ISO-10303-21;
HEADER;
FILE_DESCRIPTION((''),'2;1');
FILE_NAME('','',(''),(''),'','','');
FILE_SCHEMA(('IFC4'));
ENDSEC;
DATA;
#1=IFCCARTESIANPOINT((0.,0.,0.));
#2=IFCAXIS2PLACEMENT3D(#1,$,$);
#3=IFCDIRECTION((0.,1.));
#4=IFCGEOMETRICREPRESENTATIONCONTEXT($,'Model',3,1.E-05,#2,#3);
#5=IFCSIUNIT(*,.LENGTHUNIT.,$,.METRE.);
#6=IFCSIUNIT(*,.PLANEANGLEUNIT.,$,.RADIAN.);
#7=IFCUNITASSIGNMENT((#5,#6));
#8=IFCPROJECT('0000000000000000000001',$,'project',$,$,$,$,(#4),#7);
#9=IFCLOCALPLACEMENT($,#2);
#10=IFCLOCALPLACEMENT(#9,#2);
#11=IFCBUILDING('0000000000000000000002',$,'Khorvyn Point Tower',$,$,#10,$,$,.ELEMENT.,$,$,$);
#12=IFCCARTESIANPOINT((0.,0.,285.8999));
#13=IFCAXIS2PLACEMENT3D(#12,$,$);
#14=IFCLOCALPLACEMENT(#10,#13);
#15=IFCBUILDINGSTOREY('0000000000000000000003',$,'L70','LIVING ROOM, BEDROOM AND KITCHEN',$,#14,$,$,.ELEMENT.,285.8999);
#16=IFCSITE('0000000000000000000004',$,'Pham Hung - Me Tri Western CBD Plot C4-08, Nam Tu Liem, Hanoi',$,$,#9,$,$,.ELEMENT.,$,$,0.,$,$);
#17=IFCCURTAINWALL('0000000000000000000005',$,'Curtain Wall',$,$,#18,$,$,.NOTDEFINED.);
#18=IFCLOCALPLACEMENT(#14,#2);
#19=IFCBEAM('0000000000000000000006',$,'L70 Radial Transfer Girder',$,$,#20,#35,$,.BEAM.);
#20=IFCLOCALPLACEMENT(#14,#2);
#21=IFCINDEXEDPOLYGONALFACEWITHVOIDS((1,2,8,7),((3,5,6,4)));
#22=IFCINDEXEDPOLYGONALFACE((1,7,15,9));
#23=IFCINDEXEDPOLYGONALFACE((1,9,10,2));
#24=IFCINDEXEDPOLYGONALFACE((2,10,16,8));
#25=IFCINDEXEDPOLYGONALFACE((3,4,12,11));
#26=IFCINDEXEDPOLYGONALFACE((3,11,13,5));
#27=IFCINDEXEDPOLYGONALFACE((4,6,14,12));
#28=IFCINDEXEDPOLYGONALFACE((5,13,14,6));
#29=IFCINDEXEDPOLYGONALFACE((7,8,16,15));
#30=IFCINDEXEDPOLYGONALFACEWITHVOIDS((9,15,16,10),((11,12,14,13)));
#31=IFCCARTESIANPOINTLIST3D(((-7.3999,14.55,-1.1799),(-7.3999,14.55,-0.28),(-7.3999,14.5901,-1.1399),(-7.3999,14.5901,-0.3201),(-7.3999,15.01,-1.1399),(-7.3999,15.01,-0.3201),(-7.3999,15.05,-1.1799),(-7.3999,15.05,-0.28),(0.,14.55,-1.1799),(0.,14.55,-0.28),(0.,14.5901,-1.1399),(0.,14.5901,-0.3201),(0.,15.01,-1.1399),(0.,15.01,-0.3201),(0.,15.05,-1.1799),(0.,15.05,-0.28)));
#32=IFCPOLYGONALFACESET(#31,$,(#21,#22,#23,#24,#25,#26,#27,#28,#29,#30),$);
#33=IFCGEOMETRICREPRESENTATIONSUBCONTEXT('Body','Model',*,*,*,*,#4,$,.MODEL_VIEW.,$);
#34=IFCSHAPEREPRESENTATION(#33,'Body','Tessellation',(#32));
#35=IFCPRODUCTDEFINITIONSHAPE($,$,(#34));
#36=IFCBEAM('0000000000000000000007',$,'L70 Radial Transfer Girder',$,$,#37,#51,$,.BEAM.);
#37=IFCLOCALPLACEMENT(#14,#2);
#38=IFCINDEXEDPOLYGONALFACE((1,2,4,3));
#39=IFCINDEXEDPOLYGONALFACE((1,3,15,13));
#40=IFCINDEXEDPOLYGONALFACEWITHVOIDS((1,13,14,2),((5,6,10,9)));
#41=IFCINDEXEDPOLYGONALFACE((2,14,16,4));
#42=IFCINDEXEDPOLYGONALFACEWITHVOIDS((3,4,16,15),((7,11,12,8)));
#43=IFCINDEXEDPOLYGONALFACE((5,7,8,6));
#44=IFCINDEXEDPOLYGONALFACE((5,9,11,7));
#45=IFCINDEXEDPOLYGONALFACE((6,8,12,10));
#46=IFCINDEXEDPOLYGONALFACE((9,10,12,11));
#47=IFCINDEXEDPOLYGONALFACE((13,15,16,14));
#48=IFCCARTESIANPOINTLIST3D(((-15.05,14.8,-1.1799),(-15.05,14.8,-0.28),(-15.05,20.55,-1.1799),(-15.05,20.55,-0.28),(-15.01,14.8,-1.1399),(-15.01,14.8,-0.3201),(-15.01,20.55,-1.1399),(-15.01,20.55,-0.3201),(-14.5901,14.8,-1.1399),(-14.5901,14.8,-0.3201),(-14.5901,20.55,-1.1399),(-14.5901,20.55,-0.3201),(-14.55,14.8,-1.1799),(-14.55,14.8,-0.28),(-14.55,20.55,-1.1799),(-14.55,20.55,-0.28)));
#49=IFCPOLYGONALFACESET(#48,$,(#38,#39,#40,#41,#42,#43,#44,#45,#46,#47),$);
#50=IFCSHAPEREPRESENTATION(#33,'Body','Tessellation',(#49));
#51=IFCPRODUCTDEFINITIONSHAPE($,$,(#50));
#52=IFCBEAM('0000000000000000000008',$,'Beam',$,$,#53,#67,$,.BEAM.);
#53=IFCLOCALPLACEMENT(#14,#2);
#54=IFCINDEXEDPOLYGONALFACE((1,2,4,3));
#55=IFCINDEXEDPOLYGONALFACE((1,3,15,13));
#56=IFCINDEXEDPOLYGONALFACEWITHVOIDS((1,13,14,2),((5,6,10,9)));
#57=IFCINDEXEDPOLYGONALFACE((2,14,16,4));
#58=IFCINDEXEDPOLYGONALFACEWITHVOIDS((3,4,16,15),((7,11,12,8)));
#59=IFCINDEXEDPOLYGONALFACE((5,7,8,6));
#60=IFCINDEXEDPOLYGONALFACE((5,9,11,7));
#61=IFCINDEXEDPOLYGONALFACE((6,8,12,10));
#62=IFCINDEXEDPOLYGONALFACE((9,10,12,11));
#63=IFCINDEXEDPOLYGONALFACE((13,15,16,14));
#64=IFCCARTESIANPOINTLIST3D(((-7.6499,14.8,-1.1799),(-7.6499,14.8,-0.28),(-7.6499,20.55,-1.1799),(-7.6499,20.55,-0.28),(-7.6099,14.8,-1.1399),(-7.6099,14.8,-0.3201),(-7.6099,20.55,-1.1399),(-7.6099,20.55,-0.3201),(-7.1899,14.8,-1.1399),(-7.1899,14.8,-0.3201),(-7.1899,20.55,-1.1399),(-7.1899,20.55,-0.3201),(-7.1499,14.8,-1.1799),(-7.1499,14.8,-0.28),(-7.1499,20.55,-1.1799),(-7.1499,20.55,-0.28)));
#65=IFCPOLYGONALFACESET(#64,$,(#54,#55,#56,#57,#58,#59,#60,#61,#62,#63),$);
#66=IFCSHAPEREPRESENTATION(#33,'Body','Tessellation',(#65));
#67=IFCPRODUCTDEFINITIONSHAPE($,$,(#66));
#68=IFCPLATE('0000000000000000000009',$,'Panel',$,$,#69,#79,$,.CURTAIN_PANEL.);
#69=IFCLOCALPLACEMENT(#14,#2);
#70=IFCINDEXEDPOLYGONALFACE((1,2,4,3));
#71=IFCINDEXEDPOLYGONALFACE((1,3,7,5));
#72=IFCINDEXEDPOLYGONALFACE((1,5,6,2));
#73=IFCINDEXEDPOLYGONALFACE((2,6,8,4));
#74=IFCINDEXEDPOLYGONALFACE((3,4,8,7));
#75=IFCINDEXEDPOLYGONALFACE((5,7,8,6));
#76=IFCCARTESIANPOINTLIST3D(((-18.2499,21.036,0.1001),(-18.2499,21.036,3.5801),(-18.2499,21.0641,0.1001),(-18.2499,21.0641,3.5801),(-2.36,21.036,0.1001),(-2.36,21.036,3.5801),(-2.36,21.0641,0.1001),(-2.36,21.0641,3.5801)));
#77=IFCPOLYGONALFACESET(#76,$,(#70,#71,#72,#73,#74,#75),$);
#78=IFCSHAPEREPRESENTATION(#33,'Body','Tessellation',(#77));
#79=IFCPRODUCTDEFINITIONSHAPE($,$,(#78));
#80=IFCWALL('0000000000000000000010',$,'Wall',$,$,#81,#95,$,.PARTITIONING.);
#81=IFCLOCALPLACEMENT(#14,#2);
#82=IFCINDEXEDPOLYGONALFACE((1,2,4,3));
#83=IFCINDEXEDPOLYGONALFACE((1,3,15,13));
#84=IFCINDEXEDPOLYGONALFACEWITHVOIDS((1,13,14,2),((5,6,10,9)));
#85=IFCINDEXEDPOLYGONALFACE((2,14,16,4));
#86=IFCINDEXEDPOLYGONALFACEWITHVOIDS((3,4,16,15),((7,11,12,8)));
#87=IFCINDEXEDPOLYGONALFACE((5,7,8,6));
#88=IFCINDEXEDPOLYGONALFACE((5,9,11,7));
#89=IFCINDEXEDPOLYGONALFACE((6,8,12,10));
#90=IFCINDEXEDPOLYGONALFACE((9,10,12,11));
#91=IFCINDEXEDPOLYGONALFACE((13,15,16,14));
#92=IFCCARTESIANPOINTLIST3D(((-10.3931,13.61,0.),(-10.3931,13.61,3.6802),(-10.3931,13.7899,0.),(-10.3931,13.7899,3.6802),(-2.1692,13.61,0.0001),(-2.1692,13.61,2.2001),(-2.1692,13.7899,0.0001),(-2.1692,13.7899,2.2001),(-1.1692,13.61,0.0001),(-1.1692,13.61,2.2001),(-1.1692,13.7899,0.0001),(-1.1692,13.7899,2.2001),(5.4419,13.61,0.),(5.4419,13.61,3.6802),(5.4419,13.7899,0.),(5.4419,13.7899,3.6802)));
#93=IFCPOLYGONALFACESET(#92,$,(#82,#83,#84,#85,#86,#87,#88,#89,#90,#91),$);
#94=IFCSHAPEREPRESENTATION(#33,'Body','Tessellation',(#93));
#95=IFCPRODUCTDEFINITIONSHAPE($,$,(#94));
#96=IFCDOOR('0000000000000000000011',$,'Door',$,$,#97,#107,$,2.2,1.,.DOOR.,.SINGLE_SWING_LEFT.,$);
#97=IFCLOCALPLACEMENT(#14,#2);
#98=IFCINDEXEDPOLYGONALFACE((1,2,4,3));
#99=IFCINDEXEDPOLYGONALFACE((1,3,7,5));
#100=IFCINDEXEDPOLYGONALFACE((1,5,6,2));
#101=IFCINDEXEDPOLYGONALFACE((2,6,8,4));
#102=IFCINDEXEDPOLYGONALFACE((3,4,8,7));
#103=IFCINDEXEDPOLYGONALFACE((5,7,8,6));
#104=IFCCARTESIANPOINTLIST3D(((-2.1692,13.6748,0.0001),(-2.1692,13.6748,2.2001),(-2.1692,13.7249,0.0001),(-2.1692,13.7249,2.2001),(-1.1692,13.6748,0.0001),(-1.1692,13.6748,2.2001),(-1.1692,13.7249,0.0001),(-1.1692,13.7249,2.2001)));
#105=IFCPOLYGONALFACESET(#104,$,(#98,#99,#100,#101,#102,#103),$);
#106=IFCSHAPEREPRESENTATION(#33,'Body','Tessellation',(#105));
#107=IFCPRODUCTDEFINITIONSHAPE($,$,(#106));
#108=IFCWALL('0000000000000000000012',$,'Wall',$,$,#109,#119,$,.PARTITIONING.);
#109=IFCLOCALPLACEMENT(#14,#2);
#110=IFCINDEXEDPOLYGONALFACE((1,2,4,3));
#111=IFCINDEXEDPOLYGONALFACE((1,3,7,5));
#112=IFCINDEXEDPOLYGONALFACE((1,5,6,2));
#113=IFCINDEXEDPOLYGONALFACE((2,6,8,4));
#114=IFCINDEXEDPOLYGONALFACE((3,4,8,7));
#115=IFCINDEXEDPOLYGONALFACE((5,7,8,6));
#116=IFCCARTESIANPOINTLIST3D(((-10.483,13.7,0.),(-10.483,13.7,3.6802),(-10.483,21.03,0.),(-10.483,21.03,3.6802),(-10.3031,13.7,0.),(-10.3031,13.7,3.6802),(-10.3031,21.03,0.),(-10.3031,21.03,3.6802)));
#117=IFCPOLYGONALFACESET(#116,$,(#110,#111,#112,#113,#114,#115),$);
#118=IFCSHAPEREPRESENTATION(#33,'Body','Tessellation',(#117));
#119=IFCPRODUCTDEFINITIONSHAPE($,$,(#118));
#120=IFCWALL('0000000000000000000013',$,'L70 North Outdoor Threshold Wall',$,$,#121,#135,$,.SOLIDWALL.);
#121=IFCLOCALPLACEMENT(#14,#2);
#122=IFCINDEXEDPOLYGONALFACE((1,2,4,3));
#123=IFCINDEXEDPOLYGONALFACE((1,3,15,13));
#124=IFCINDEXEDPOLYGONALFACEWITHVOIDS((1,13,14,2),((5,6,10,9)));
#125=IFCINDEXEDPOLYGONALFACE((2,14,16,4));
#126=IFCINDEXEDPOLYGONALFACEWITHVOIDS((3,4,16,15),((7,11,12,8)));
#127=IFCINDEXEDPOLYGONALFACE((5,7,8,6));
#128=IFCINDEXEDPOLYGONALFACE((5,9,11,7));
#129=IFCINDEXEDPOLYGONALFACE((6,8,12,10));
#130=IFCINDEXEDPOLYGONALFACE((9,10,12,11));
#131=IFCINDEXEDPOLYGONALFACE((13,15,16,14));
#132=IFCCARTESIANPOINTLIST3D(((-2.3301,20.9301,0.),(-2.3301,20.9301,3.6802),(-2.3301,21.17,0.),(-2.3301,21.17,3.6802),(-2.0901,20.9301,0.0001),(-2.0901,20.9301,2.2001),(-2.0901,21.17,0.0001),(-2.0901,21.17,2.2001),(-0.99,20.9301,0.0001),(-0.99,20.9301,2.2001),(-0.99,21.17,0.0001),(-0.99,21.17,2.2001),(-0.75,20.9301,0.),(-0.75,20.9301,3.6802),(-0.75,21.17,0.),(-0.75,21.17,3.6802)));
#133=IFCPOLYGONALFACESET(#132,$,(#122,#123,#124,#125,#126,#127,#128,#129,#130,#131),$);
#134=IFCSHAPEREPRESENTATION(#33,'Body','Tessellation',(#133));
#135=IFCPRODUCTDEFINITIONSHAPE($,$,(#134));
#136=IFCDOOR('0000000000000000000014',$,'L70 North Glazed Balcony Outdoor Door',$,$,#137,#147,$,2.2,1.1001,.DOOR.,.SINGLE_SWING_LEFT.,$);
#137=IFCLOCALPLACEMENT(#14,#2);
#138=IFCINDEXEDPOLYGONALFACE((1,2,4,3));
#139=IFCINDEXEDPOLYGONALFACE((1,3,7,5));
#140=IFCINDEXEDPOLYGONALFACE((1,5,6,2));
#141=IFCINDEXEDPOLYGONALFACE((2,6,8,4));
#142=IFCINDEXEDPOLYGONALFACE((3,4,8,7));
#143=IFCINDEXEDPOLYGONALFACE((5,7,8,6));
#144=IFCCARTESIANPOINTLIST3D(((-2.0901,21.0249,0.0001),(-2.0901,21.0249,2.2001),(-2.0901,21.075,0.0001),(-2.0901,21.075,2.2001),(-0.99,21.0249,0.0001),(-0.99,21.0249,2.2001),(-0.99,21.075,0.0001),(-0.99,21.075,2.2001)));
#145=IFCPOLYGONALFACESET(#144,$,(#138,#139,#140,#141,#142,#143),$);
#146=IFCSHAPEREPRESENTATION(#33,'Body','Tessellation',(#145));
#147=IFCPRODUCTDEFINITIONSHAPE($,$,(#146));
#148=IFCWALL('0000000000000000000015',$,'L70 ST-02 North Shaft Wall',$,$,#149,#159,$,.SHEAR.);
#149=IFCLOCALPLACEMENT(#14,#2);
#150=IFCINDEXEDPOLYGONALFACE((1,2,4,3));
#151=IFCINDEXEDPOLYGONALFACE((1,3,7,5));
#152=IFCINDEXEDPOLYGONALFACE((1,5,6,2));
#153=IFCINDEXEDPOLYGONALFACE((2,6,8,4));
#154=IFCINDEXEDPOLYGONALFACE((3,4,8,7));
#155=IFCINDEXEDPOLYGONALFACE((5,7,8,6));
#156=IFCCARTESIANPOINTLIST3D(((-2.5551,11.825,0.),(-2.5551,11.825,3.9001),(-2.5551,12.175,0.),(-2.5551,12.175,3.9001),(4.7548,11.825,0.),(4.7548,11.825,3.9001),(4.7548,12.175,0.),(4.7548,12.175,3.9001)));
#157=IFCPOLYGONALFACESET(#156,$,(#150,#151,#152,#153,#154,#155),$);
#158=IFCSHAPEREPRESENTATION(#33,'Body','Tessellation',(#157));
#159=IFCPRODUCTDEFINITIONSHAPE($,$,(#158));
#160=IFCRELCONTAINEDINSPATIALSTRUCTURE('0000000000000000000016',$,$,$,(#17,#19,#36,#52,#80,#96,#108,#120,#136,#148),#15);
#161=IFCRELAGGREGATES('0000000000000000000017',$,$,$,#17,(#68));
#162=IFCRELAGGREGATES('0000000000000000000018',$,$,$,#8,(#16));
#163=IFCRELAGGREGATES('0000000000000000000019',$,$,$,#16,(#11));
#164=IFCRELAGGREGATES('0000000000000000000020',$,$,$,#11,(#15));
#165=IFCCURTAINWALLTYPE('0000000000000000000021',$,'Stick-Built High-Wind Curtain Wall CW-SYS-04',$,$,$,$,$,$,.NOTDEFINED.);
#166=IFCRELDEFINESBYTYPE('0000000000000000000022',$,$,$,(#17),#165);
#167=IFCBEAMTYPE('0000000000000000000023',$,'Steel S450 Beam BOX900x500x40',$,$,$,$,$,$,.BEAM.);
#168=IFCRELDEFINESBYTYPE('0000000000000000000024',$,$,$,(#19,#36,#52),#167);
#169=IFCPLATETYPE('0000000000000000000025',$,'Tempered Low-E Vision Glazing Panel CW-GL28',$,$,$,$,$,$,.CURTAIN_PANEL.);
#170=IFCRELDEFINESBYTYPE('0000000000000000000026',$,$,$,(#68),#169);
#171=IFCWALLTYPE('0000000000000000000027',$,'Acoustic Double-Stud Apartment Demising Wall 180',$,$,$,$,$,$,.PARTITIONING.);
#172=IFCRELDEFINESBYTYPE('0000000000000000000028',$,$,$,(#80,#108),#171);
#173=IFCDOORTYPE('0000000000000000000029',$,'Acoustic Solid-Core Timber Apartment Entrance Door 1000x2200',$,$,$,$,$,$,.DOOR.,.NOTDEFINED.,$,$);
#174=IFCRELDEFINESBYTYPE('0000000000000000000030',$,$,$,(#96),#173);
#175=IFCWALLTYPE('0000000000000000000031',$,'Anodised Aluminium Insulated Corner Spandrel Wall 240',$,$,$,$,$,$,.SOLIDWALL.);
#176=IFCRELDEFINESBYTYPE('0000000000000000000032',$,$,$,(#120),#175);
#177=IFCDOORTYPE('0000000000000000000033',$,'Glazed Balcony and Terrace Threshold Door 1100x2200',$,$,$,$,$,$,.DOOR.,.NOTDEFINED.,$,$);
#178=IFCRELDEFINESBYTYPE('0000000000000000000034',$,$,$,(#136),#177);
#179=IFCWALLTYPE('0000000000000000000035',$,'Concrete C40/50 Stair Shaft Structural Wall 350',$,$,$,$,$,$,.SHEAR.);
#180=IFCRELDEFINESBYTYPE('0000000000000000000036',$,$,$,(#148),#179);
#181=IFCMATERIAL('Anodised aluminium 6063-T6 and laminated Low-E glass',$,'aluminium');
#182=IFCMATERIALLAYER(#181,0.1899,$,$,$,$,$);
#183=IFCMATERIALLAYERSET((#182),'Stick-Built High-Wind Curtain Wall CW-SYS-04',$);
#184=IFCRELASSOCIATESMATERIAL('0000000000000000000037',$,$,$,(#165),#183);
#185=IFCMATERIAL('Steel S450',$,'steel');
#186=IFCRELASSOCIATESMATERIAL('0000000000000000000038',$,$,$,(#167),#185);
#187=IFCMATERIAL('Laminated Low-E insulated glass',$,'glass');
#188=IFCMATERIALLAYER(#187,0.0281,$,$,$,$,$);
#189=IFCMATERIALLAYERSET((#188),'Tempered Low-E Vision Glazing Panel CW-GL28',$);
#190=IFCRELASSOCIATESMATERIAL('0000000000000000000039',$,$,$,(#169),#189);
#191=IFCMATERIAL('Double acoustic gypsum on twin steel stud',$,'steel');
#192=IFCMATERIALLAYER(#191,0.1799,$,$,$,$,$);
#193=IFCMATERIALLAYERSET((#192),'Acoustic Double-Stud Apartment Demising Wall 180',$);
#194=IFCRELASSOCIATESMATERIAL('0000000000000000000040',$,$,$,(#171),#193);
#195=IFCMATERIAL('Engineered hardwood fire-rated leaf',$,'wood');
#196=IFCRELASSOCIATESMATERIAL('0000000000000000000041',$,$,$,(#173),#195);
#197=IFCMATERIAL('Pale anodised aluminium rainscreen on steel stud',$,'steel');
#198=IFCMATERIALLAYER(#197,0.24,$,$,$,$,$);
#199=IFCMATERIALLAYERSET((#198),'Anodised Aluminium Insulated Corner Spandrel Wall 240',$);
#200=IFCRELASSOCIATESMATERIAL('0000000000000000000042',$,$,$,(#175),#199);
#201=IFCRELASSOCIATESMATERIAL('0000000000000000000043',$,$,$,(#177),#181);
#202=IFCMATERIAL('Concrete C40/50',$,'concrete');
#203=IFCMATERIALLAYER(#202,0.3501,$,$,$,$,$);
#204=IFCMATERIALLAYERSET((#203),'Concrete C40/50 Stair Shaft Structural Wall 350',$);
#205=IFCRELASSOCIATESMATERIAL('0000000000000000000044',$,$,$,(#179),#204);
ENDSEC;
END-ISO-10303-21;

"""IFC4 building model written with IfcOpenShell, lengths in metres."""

from ifc_helpers import new_model, si_unit, direction, frame, frame_2d, origin, origin_2d, place, context, subcontext, project, spatial, rectangle, hollow_rectangle, extrude, material, layer, layer_set, material_profile, profile_set, type_object, element, fill, aggregate, save


model = new_model("IFC4")

# Units and contexts
model_context = context("Model", 3, precision=1e-05, world=origin(), true_north=direction((0.0, 1.0)))
body_context = subcontext(model_context, "Body", "Model", "MODEL_VIEW")
ifc_project = project(units=[si_unit("LENGTHUNIT", "METRE"), si_unit("PLANEANGLEUNIT", "RADIAN")], contexts=[model_context])

# Site, building, storey
site_placement = place(None, origin())
site = spatial("IfcSite", under=ifc_project, at=site_placement, Name="Pham Hung - Me Tri Western CBD Plot C4-08, Nam Tu Liem, Hanoi", CompositionType="ELEMENT", RefElevation=0.0)
building_placement = place(site_placement, origin())
building = spatial("IfcBuilding", under=site, at=building_placement, Name="Khorvyn Point Tower", CompositionType="ELEMENT")
storey_placement = place(building_placement, frame((0.0, 0.0, 285.8999)))
storey = spatial("IfcBuildingStorey", under=building, at=storey_placement, Name="L70", Description="LIVING ROOM, BEDROOM AND KITCHEN", CompositionType="ELEMENT", Elevation=285.8999)

# Shared definitions
ifc_material_1 = material(Name="Concrete C40/50", Category="concrete")

# Curtain wall
ifc_material_2 = material(Name="Anodised aluminium 6063-T6 and laminated Low-E glass", Category="aluminium")
ifc_layer_1 = layer(ifc_material_2, 0.1899)
ifc_layer_set_1 = layer_set([ifc_layer_1], Name="Stick-Built High-Wind Curtain Wall CW-SYS-04")
curtain_wall_type = type_object("IfcCurtainWallType", Name="Stick-Built High-Wind Curtain Wall CW-SYS-04", PredefinedType="NOTDEFINED", material=ifc_layer_set_1)
curtain_wall_placement = place(storey_placement, origin())
curtain_wall = element("IfcCurtainWall", 1, at=curtain_wall_placement, inside=storey, type_object=curtain_wall_type, Name="Curtain Wall", PredefinedType="NOTDEFINED")

# Beams
ifc_material_3 = material(Name="Steel S450", Category="steel")
ifc_material_profile_1 = material_profile(ifc_material_3, hollow_rectangle(XDim=0.5, YDim=0.8999, WallThickness=0.04, at=origin_2d()))
ifc_profile_set_1 = profile_set([ifc_material_profile_1], Name="Steel S450 BOX900x500x40")
beam_type_1 = type_object("IfcBeamType", Name="Steel S450 Beam BOX900x500x40", PredefinedType="BEAM", material=ifc_profile_set_1)
beam_1_placement = place(storey_placement, frame((-7.3999, 14.8, -0.73), z_axis=(1.0, 0.0, 0.0), x_axis=(0.0, 1.0, 0.0)))
element("IfcBeam", 2, at=beam_1_placement, inside=storey, type_object=beam_type_1, Name="L70 Radial Transfer Girder", PredefinedType="BEAM", context=body_context, shape_type="SweptSolid", body=[
    extrude(hollow_rectangle(XDim=0.5, YDim=0.8999, WallThickness=0.04, at=origin_2d()), origin(), (0.0, 0.0, 1.0), 7.3999),
])
for number, where, z_axis, x_axis, name in (
    (3, (-14.8, 14.8, -0.73), (0.0, 1.0, 0.0), (-1.0, 0.0, 0.0), "L70 Radial Transfer Girder"),
    (4, (-7.3999, 14.8, -0.73), (0.0, 1.0, 0.0), (-1.0, 0.0, 0.0), "Beam"),
):
    element("IfcBeam", number, at=place(storey_placement, frame(where, z_axis=z_axis, x_axis=x_axis)), inside=storey, type_object=beam_type_1, Name=name, PredefinedType="BEAM", context=body_context, shape_type="SweptSolid", body=[
        extrude(hollow_rectangle(XDim=0.5, YDim=0.8999, WallThickness=0.04, at=origin_2d()), origin(), (0.0, 0.0, 1.0), 5.75),
    ])

# Plate
ifc_material_4 = material(Name="Laminated Low-E insulated glass", Category="glass")
ifc_layer_2 = layer(ifc_material_4, 0.0281)
ifc_layer_set_2 = layer_set([ifc_layer_2], Name="Tempered Low-E Vision Glazing Panel CW-GL28")
plate_type = type_object("IfcPlateType", Name="Tempered Low-E Vision Glazing Panel CW-GL28", PredefinedType="CURTAIN_PANEL", material=ifc_layer_set_2)
plate_placement = place(storey_placement, frame((-10.3049, 21.05, 0.1001), z_axis=(0.0, 0.0, 1.0), x_axis=(1.0, 0.0, 0.0)))
plate = element("IfcPlate", 5, at=plate_placement, type_object=plate_type, Name="Panel", PredefinedType="CURTAIN_PANEL", context=body_context, shape_type="SweptSolid", body=[
    extrude(rectangle(XDim=15.8899, YDim=0.0281, at=origin_2d()), origin(), (0.0, 0.0, 1.0), 3.48),
])
aggregate(curtain_wall, [plate])

# Wall, opening, door
ifc_material_5 = material(Name="Double acoustic gypsum on twin steel stud", Category="steel")
ifc_layer_3 = layer(ifc_material_5, 0.1799)
ifc_layer_set_3 = layer_set([ifc_layer_3], Name="Acoustic Double-Stud Apartment Demising Wall 180")
wall_type_1 = type_object("IfcWallType", Name="Acoustic Double-Stud Apartment Demising Wall 180", PredefinedType="PARTITIONING", material=ifc_layer_set_3)
wall_1_placement = place(storey_placement, frame((-10.3931, 13.7, 0.0), z_axis=(0.0, 0.0, 1.0), x_axis=(1.0, 0.0, 0.0)))
wall_1 = element("IfcWall", 6, at=wall_1_placement, inside=storey, type_object=wall_type_1, Name="Wall", PredefinedType="PARTITIONING", context=body_context, shape_type="SweptSolid", body=[
    extrude(rectangle(XDim=15.835, YDim=0.1799, at=frame_2d((7.9175, 0.0))), origin(), (0.0, 0.0, 1.0), 3.6802),
])
opening_1_placement = place(wall_1_placement, frame((8.2239, 0.0, 0.0)))
opening_1 = element("IfcOpeningElement", 7, at=opening_1_placement, cuts=wall_1, PredefinedType="OPENING", context=body_context, shape_type="SweptSolid", body=[
    extrude(rectangle(XDim=1.0, YDim=2.2, at=frame_2d((0.5, 1.1001))), frame((0.0, 0.0999, 0.0), z_axis=(0.0, -1.0, 0.0), x_axis=(1.0, 0.0, 0.0)), (0.0, 0.0, 1.0), 0.2),
])
ifc_material_6 = material(Name="Engineered hardwood fire-rated leaf", Category="wood")
door_type_1 = type_object("IfcDoorType", Name="Acoustic Solid-Core Timber Apartment Entrance Door 1000x2200", OperationType="NOTDEFINED", PredefinedType="DOOR", material=ifc_material_6)
door_1_placement = place(opening_1_placement, origin())
door_1 = element("IfcDoor", 8, at=door_1_placement, inside=storey, type_object=door_type_1, Name="Door", OperationType="SINGLE_SWING_LEFT", OverallHeight=2.2, OverallWidth=1.0, PredefinedType="DOOR", context=body_context, shape_type="SweptSolid", body=[
    extrude(rectangle(XDim=1.0, YDim=2.2, at=frame_2d((0.5, 1.1001))), frame((0.0, 0.0249, 0.0), z_axis=(0.0, -1.0, 0.0), x_axis=(1.0, 0.0, 0.0)), (0.0, 0.0, 1.0), 0.05),
])
fill(opening_1, door_1)

# Wall
wall_2_placement = place(storey_placement, frame((-10.3931, 13.7, 0.0), z_axis=(0.0, 0.0, 1.0), x_axis=(0.0, 1.0, 0.0)))
element("IfcWall", 9, at=wall_2_placement, inside=storey, type_object=wall_type_1, Name="Wall", PredefinedType="PARTITIONING", context=body_context, shape_type="SweptSolid", body=[
    extrude(rectangle(XDim=7.3301, YDim=0.1799, at=frame_2d((3.665, 0.0))), origin(), (0.0, 0.0, 1.0), 3.6802),
])

# Wall, opening, door
ifc_material_7 = material(Name="Pale anodised aluminium rainscreen on steel stud", Category="steel")
ifc_layer_4 = layer(ifc_material_7, 0.24)
ifc_layer_set_4 = layer_set([ifc_layer_4], Name="Anodised Aluminium Insulated Corner Spandrel Wall 240")
wall_type_2 = type_object("IfcWallType", Name="Anodised Aluminium Insulated Corner Spandrel Wall 240", PredefinedType="SOLIDWALL", material=ifc_layer_set_4)
wall_3_placement = place(storey_placement, frame((-2.3301, 21.05, 0.0), z_axis=(0.0, 0.0, 1.0), x_axis=(1.0, 0.0, 0.0)))
wall_3 = element("IfcWall", 10, at=wall_3_placement, inside=storey, type_object=wall_type_2, Name="L70 North Outdoor Threshold Wall", PredefinedType="SOLIDWALL", context=body_context, shape_type="SweptSolid", body=[
    extrude(rectangle(XDim=1.5801, YDim=0.24, at=frame_2d((0.79, 0.0))), origin(), (0.0, 0.0, 1.0), 3.6802),
])
opening_2_placement = place(wall_3_placement, frame((0.24, 0.0, 0.0)))
opening_2 = element("IfcOpeningElement", 11, at=opening_2_placement, cuts=wall_3, PredefinedType="OPENING", context=body_context, shape_type="SweptSolid", body=[
    extrude(rectangle(XDim=1.1001, YDim=2.2, at=frame_2d((0.55, 1.1001))), frame((0.0, 0.1299, 0.0), z_axis=(0.0, -1.0, 0.0), x_axis=(1.0, 0.0, 0.0)), (0.0, 0.0, 1.0), 0.26),
])
door_type_2 = type_object("IfcDoorType", Name="Glazed Balcony and Terrace Threshold Door 1100x2200", OperationType="NOTDEFINED", PredefinedType="DOOR", material=ifc_material_2)
door_2_placement = place(opening_2_placement, origin())
door_2 = element("IfcDoor", 12, at=door_2_placement, inside=storey, type_object=door_type_2, Name="L70 North Glazed Balcony Outdoor Door", OperationType="SINGLE_SWING_LEFT", OverallHeight=2.2, OverallWidth=1.1001, PredefinedType="DOOR", context=body_context, shape_type="SweptSolid", body=[
    extrude(rectangle(XDim=1.1001, YDim=2.2, at=frame_2d((0.55, 1.1001))), frame((0.0, 0.0249, 0.0), z_axis=(0.0, -1.0, 0.0), x_axis=(1.0, 0.0, 0.0)), (0.0, 0.0, 1.0), 0.05),
])
fill(opening_2, door_2)

# Wall
ifc_layer_5 = layer(ifc_material_1, 0.3501)
ifc_layer_set_5 = layer_set([ifc_layer_5], Name="Concrete C40/50 Stair Shaft Structural Wall 350")
wall_type_3 = type_object("IfcWallType", Name="Concrete C40/50 Stair Shaft Structural Wall 350", PredefinedType="SHEAR", material=ifc_layer_set_5)
wall_4_placement = place(storey_placement, frame((-2.5549, 12.0, 0.0), z_axis=(0.0, 0.0, 1.0), x_axis=(1.0, 0.0, 0.0)))
element("IfcWall", 13, at=wall_4_placement, inside=storey, type_object=wall_type_3, Name="L70 ST-02 North Shaft Wall", PredefinedType="SHEAR", context=body_context, shape_type="SweptSolid", body=[
    extrude(rectangle(XDim=7.3098, YDim=0.3501, at=frame_2d((3.6548, 0.0))), origin(), (0.0, 0.0, 1.0), 3.9001),
])

save(model, "model.ifc")
